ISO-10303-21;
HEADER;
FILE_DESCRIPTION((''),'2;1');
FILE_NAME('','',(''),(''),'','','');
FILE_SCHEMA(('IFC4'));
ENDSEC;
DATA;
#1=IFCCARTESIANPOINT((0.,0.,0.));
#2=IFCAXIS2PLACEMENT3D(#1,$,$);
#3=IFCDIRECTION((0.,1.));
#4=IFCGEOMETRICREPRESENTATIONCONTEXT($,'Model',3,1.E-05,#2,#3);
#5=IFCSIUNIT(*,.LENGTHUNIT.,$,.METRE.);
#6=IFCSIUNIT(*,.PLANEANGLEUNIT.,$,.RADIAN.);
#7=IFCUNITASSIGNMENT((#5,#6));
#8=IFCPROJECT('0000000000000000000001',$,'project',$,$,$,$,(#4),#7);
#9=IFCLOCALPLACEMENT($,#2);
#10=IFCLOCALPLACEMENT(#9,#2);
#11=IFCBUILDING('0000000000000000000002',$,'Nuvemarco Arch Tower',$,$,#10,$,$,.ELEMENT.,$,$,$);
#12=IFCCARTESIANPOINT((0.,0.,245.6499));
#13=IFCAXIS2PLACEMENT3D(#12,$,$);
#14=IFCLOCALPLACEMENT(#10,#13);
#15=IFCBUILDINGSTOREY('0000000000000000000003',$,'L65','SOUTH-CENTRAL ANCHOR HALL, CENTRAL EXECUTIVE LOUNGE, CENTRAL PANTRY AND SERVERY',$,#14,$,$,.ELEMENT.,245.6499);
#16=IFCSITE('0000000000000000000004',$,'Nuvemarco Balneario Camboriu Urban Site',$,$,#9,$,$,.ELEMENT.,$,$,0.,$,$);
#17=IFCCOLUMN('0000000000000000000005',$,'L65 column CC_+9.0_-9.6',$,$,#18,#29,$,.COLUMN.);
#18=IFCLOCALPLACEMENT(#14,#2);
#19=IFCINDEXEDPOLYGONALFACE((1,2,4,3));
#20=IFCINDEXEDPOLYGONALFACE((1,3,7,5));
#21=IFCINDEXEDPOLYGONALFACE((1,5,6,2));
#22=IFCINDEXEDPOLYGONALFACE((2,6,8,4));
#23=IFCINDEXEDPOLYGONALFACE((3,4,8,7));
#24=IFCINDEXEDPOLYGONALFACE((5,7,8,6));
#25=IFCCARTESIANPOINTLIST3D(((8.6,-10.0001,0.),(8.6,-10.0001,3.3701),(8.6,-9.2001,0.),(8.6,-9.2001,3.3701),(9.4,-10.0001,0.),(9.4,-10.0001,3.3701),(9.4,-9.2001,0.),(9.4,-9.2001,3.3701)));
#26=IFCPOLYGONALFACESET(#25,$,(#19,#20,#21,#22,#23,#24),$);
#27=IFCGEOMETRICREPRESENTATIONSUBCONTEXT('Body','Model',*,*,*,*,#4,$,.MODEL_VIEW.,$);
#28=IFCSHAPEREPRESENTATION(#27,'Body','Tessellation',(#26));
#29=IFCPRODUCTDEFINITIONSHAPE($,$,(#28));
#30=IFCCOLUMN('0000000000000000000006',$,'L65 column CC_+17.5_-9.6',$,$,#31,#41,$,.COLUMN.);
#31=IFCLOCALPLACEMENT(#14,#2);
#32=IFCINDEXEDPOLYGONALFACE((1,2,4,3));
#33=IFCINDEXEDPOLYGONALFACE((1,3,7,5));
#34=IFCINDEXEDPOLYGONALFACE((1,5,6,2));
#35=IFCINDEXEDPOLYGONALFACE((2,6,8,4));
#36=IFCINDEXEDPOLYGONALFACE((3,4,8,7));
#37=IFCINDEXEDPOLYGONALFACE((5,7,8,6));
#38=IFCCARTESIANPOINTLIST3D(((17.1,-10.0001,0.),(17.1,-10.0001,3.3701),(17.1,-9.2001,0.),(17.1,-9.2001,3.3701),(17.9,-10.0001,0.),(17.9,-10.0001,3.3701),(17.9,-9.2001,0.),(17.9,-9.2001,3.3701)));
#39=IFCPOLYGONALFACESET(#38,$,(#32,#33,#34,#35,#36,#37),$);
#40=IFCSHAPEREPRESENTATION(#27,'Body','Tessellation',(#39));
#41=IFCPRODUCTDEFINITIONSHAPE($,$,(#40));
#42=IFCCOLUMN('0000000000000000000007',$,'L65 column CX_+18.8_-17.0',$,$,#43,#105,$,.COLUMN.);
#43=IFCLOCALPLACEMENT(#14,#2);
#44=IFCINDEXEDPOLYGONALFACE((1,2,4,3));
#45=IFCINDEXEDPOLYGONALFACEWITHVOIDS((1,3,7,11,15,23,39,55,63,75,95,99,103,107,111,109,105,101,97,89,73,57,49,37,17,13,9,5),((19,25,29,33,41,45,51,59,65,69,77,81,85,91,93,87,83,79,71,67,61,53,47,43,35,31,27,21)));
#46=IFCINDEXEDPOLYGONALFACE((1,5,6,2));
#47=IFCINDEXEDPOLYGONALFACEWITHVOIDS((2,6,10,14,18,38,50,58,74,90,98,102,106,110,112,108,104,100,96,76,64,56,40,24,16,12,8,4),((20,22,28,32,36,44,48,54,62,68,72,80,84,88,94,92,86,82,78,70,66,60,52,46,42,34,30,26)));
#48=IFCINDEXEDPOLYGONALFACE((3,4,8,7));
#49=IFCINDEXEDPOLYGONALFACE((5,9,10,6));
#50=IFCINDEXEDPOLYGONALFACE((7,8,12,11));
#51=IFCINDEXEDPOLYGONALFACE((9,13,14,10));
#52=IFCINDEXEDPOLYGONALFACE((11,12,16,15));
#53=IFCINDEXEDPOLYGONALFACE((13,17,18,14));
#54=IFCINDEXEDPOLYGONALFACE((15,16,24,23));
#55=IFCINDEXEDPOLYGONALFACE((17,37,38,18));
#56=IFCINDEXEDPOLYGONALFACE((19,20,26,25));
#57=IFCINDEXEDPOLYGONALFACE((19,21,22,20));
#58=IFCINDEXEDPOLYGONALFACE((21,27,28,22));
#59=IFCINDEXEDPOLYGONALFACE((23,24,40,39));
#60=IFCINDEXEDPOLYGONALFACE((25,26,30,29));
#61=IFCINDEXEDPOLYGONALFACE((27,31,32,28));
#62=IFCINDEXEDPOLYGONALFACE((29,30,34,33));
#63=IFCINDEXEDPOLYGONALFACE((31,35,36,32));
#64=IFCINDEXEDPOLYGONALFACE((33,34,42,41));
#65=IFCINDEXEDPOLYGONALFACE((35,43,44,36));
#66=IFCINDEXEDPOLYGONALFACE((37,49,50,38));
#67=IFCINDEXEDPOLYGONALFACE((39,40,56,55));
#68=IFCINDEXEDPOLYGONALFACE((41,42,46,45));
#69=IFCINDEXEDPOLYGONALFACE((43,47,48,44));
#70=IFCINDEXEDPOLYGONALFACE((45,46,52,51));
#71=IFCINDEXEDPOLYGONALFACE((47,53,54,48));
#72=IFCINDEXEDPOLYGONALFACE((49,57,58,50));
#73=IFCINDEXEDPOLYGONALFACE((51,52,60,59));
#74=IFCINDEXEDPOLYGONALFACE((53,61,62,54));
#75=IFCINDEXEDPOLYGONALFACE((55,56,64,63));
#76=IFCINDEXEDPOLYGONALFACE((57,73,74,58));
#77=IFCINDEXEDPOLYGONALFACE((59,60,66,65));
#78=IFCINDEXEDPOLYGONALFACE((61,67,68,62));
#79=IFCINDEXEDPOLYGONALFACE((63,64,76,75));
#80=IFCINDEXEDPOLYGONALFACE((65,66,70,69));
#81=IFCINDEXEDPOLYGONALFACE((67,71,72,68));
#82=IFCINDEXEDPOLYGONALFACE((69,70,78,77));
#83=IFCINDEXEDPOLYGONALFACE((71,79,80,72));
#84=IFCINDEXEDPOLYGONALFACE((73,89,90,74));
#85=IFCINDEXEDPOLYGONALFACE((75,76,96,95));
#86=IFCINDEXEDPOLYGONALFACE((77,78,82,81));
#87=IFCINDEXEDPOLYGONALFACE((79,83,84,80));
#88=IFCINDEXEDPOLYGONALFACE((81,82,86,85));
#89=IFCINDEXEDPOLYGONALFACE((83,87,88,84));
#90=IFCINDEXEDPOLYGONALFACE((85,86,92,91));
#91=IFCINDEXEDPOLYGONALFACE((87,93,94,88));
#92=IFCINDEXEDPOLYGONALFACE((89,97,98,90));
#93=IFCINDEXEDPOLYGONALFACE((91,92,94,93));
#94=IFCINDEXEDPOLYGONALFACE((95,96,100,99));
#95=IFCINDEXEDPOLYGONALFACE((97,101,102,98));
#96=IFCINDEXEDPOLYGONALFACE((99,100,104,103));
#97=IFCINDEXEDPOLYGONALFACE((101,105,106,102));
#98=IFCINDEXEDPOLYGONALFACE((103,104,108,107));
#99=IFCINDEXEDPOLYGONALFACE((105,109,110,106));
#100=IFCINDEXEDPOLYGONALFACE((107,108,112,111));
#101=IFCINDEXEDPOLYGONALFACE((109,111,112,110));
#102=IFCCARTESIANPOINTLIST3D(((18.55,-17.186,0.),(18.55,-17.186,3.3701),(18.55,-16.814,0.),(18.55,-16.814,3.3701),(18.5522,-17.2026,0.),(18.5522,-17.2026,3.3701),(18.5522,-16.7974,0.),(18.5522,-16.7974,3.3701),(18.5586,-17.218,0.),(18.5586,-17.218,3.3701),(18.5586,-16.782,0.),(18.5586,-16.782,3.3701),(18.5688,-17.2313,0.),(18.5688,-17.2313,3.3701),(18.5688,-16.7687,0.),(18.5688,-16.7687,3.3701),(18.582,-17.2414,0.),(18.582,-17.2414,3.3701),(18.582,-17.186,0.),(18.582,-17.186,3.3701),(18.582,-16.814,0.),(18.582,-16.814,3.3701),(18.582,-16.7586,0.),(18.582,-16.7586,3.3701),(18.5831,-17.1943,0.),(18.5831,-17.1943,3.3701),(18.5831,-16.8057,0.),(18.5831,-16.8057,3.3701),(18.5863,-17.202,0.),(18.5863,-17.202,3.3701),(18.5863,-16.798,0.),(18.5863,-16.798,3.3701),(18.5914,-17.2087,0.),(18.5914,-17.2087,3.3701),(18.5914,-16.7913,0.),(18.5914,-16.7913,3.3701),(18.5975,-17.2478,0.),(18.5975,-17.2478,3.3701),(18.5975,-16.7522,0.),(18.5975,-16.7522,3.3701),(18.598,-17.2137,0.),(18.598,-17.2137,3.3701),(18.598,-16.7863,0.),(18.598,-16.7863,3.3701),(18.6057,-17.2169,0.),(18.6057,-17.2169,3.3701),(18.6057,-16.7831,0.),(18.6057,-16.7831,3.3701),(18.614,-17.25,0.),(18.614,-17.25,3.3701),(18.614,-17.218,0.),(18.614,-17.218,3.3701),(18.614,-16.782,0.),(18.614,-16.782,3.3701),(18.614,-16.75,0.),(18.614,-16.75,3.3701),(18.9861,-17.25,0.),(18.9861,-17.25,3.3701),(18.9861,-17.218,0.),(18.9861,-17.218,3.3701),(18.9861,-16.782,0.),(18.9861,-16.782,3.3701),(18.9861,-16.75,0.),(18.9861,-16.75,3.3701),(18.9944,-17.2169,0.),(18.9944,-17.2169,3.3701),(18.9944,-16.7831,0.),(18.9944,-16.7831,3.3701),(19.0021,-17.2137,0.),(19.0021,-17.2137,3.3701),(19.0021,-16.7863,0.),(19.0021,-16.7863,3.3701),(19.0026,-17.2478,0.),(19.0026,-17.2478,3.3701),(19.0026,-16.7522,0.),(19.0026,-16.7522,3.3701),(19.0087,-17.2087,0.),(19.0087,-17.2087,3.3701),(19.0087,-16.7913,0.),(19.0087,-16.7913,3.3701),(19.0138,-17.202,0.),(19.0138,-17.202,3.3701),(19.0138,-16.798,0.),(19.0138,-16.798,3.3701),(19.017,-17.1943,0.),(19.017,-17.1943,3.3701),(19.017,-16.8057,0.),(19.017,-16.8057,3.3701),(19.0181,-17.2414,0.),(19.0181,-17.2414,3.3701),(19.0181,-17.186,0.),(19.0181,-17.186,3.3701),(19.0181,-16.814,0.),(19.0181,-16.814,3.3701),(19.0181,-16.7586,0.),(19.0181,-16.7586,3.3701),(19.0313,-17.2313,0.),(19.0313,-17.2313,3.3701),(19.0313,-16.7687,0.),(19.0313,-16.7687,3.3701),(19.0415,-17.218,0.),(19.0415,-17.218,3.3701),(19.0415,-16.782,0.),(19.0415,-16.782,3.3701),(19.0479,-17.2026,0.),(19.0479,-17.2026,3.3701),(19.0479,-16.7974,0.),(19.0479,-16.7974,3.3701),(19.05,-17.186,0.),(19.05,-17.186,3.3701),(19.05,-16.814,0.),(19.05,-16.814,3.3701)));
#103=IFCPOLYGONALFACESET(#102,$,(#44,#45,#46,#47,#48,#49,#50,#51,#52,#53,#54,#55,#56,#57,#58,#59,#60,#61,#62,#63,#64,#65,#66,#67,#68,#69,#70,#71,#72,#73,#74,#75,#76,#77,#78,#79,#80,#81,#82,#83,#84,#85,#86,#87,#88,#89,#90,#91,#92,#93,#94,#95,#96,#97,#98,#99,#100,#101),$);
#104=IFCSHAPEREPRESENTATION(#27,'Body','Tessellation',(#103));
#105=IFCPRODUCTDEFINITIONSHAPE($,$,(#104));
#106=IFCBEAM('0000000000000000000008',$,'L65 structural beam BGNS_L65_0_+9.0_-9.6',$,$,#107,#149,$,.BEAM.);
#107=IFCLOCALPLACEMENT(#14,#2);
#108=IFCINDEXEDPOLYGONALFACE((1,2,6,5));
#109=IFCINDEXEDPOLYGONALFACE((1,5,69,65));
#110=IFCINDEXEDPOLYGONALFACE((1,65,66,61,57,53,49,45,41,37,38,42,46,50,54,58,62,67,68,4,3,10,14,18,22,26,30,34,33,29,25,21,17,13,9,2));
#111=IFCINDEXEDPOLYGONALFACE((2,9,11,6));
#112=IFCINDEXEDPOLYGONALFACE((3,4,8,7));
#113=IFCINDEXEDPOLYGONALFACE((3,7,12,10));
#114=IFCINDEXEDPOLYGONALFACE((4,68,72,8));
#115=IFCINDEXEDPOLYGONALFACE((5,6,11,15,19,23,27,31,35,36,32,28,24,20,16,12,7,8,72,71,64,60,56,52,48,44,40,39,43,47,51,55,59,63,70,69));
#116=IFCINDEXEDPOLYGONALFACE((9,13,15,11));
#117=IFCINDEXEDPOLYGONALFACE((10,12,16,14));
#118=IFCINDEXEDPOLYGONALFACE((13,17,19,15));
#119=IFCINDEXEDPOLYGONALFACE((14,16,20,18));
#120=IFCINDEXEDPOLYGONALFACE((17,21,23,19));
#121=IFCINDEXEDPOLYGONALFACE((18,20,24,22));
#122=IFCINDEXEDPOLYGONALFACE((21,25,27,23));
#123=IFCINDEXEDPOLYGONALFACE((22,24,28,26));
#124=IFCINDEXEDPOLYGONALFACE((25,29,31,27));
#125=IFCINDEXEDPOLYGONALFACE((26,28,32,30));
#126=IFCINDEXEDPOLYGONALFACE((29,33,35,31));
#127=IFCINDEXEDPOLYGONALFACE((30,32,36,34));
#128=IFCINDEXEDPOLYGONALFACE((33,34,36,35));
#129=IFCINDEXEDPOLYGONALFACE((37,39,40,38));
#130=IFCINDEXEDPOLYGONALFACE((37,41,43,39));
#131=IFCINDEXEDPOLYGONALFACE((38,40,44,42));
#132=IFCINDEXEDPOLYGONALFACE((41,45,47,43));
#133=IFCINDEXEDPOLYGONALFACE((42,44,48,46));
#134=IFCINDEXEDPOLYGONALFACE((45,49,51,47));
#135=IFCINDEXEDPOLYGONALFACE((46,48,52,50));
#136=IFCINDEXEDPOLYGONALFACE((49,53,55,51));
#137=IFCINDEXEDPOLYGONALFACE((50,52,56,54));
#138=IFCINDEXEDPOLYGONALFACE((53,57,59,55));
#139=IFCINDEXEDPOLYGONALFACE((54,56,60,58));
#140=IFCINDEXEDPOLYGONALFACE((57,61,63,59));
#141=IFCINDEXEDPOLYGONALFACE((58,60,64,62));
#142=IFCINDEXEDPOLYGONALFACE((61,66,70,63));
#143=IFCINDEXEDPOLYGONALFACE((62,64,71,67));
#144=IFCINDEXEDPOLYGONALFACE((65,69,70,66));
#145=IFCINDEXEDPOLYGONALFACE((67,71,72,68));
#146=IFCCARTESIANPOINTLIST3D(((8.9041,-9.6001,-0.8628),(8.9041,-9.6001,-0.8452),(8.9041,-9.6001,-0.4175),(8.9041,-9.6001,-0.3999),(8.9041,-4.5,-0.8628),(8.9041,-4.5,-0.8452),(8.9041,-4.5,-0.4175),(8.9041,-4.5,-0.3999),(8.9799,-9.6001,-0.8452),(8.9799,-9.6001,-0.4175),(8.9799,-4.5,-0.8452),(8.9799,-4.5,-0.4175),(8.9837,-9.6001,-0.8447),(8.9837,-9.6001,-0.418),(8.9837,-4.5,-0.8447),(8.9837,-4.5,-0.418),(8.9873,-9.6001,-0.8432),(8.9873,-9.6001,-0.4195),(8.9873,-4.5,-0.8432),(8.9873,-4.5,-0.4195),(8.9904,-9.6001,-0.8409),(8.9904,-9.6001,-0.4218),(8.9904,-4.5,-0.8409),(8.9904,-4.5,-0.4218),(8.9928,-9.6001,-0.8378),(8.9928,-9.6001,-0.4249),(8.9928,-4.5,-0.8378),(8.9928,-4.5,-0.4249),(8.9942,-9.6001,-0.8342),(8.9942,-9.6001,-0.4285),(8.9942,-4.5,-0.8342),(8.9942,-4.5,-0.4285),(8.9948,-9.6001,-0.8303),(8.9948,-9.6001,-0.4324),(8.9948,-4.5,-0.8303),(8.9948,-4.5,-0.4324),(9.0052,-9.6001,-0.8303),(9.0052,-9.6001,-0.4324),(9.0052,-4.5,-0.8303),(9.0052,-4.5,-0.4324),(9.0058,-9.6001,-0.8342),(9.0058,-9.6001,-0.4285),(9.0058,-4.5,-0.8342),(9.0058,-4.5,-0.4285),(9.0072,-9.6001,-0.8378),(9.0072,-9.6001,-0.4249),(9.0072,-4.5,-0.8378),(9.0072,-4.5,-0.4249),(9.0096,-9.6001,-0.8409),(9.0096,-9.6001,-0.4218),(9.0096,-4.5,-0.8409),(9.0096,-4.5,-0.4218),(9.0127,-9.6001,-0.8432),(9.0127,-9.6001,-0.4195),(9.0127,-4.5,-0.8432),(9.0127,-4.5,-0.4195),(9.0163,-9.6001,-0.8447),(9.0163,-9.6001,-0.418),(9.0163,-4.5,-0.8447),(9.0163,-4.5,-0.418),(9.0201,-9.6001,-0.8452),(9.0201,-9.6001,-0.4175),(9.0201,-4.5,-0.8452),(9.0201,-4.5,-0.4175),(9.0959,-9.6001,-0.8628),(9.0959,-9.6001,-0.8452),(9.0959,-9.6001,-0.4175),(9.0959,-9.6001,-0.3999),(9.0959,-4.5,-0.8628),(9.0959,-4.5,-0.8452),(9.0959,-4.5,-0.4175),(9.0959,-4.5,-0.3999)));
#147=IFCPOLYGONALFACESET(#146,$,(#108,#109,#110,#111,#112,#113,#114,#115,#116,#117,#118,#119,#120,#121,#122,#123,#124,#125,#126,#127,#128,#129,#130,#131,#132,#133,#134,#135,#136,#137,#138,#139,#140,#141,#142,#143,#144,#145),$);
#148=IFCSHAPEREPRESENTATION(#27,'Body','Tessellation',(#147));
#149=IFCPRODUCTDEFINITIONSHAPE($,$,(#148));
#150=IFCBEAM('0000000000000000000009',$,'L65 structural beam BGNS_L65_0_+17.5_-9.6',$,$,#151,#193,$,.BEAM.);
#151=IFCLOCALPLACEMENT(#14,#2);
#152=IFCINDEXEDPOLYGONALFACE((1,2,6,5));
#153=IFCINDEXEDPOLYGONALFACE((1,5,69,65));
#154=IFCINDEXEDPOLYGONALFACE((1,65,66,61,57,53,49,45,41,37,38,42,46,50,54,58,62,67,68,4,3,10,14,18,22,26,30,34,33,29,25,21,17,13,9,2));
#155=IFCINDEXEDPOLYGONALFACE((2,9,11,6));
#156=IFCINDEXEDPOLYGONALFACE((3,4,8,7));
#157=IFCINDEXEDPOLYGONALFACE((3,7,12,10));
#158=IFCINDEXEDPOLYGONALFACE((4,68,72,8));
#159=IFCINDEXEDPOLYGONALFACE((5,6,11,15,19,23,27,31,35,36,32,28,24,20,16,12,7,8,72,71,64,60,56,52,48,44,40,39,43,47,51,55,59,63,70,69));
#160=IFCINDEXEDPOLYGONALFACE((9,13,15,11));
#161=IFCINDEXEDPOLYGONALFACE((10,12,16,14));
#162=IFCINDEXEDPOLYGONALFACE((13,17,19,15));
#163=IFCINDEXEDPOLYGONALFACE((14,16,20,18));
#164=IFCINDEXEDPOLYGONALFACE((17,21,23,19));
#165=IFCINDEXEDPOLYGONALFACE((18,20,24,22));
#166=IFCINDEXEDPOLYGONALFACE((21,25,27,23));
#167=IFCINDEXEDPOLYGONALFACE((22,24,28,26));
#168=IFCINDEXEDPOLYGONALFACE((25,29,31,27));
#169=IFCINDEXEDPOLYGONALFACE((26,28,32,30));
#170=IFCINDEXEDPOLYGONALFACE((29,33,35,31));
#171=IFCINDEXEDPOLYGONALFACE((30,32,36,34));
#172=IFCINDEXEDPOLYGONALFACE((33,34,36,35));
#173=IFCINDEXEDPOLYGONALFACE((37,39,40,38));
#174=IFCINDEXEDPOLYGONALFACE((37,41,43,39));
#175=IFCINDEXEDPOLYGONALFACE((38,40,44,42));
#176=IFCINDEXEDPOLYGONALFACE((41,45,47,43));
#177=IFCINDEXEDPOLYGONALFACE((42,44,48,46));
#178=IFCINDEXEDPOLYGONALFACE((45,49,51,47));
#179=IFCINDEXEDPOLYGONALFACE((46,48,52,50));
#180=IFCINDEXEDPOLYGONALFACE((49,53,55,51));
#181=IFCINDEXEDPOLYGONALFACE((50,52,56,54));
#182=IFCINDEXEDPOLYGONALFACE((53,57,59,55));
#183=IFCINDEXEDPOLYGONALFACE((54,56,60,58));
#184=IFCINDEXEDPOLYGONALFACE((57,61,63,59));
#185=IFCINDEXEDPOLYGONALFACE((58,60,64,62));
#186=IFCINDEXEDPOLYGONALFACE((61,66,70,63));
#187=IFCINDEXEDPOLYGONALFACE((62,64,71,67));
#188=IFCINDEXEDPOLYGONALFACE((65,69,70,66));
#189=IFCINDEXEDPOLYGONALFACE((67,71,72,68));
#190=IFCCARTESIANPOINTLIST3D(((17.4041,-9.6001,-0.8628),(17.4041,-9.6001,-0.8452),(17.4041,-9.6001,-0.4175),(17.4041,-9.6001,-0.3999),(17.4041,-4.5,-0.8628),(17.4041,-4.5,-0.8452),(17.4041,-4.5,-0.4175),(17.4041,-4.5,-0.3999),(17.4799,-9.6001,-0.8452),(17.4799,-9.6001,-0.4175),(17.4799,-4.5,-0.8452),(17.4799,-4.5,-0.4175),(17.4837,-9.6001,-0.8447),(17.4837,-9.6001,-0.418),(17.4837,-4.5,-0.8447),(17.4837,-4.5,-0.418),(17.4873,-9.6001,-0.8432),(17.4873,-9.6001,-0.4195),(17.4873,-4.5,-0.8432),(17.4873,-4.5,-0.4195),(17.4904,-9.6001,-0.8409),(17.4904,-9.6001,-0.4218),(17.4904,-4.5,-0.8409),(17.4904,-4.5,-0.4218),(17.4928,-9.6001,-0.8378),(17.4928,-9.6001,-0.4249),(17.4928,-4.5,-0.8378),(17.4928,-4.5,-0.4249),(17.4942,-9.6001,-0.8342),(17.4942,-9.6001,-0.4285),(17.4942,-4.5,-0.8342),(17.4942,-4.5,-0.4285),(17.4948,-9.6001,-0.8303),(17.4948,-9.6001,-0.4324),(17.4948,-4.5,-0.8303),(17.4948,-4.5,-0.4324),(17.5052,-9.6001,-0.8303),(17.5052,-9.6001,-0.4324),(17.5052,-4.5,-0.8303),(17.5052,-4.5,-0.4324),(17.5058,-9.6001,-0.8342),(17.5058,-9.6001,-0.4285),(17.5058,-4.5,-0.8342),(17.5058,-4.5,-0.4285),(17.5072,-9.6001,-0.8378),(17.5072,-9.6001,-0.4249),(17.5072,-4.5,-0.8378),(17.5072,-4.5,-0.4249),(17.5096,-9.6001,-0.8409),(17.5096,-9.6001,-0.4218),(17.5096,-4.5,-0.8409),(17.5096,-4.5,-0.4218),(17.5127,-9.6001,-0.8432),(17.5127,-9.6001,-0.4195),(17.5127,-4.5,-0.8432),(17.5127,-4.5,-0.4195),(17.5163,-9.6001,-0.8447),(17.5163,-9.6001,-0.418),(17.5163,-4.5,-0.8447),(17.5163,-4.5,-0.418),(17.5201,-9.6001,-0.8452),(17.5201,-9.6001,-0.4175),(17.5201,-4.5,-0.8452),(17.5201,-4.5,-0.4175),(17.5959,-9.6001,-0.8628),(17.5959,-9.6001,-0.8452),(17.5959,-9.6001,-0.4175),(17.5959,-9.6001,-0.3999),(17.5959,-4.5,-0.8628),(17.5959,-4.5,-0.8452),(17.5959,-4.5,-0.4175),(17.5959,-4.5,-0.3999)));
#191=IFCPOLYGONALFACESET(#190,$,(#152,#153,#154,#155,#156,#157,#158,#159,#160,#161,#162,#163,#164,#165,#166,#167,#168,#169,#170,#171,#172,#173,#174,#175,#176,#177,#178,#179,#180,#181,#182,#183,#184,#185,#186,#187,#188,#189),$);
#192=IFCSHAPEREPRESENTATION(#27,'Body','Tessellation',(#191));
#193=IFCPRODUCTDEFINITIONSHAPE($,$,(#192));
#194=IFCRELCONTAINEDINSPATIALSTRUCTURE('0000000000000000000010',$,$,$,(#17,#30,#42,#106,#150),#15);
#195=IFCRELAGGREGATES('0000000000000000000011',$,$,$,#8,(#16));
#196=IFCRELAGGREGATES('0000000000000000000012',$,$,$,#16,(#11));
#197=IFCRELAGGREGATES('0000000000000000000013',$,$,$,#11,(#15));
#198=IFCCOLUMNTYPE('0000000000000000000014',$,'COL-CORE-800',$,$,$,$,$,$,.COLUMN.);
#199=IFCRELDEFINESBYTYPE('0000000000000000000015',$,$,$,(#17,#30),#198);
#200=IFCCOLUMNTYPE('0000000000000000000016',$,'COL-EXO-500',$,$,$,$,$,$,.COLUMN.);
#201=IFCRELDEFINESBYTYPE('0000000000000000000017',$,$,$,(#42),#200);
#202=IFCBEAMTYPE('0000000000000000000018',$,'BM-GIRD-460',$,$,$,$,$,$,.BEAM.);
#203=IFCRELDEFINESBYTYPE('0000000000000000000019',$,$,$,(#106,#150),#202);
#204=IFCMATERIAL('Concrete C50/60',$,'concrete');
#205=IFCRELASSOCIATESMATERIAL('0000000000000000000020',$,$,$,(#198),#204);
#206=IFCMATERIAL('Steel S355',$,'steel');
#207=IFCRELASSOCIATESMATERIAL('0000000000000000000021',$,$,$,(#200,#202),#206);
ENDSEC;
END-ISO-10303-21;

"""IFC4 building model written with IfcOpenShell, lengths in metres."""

from ifc_helpers import new_model, si_unit, direction, frame, origin, origin_2d, place, context, subcontext, project, spatial, rectangle, hollow_rectangle, i_section, extrude, material, material_profile, profile_set, type_object, element, save


model = new_model("IFC4")

# Units and contexts
model_context = context("Model", 3, precision=1e-05, world=origin(), true_north=direction((0.0, 1.0)))
body_context = subcontext(model_context, "Body", "Model", "MODEL_VIEW")
ifc_project = project(units=[si_unit("LENGTHUNIT", "METRE"), si_unit("PLANEANGLEUNIT", "RADIAN")], contexts=[model_context])

# Site, building, storey
site_placement = place(None, origin())
site = spatial("IfcSite", under=ifc_project, at=site_placement, Name="Nuvemarco Balneario Camboriu Urban Site", CompositionType="ELEMENT", RefElevation=0.0)
building_placement = place(site_placement, origin())
building = spatial("IfcBuilding", under=site, at=building_placement, Name="Nuvemarco Arch Tower", CompositionType="ELEMENT")
storey_placement = place(building_placement, frame((0.0, 0.0, 245.6499)))
storey = spatial("IfcBuildingStorey", under=building, at=storey_placement, Name="L65", Description="SOUTH-CENTRAL ANCHOR HALL, CENTRAL EXECUTIVE LOUNGE, CENTRAL PANTRY AND SERVERY", CompositionType="ELEMENT", Elevation=245.6499)

# Columns
ifc_material_1 = material(Name="Concrete C50/60", Category="concrete")
ifc_material_profile_1 = material_profile(ifc_material_1, rectangle(XDim=0.8, YDim=0.8, at=origin_2d()), Name="RC-COL-800x800")
ifc_profile_set_1 = profile_set([ifc_material_profile_1], Name="Concrete C50/60")
column_type_1 = type_object("IfcColumnType", Name="COL-CORE-800", PredefinedType="COLUMN", material=ifc_profile_set_1)
for number, where, z_axis, x_axis, name in (
    (1, (9.0, -9.6001, 0.0), (0.0, 0.0, 1.0), (1.0, 0.0, 0.0), "L65 column CC_+9.0_-9.6"),
    (2, (17.5, -9.6001, 0.0), (0.0, 0.0, 1.0), (1.0, 0.0, 0.0), "L65 column CC_+17.5_-9.6"),
):
    element("IfcColumn", number, at=place(storey_placement, frame(where, z_axis=z_axis, x_axis=x_axis)), inside=storey, type_object=column_type_1, Name=name, PredefinedType="COLUMN", context=body_context, shape_type="SweptSolid", body=[
        extrude(rectangle(XDim=0.8, YDim=0.8, at=origin_2d()), origin(), (0.0, 0.0, 1.0), 3.3701),
    ])
ifc_material_2 = material(Name="Steel S355", Category="steel")
ifc_material_profile_2 = material_profile(ifc_material_2, hollow_rectangle(XDim=0.5, YDim=0.5, WallThickness=0.032, InnerFilletRadius=0.032, OuterFilletRadius=0.064, at=origin_2d()), Name="SHS500x500x32")
ifc_profile_set_2 = profile_set([ifc_material_profile_2], Name="Steel S355")
column_type_2 = type_object("IfcColumnType", Name="COL-EXO-500", PredefinedType="COLUMN", material=ifc_profile_set_2)
column_placement = place(storey_placement, frame((18.8, -17.0, 0.0), z_axis=(0.0, 0.0, 1.0), x_axis=(1.0, 0.0, 0.0)))
element("IfcColumn", 3, at=column_placement, inside=storey, type_object=column_type_2, Name="L65 column CX_+18.8_-17.0", PredefinedType="COLUMN", context=body_context, shape_type="SweptSolid", body=[
    extrude(hollow_rectangle(XDim=0.5, YDim=0.5, WallThickness=0.032, InnerFilletRadius=0.032, OuterFilletRadius=0.064, at=origin_2d()), origin(), (0.0, 0.0, 1.0), 3.3701),
])

# Beams
ifc_material_profile_3 = material_profile(ifc_material_2, i_section(OverallWidth=0.1919, OverallDepth=0.4629, WebThickness=0.0105, FlangeThickness=0.0176, FilletRadius=0.0149, at=origin_2d()), Name="W460x89")
ifc_profile_set_3 = profile_set([ifc_material_profile_3], Name="Steel S355")
beam_type_1 = type_object("IfcBeamType", Name="BM-GIRD-460", PredefinedType="BEAM", material=ifc_profile_set_3)
for number, where, z_axis, x_axis, name in (
    (4, (9.0, -9.6001, -0.6313), (0.0, 1.0, 0.0), (-1.0, 0.0, 0.0), "L65 structural beam BGNS_L65_0_+9.0_-9.6"),
    (5, (17.5, -9.6001, -0.6313), (0.0, 1.0, 0.0), (-1.0, 0.0, 0.0), "L65 structural beam BGNS_L65_0_+17.5_-9.6"),
):
    element("IfcBeam", number, at=place(storey_placement, frame(where, z_axis=z_axis, x_axis=x_axis)), inside=storey, type_object=beam_type_1, Name=name, PredefinedType="BEAM", context=body_context, shape_type="SweptSolid", body=[
        extrude(i_section(OverallWidth=0.1919, OverallDepth=0.4629, WebThickness=0.0105, FlangeThickness=0.0176, FilletRadius=0.0149, at=origin_2d()), origin(), (0.0, 0.0, 1.0), 5.1001),
    ])

save(model, "model.ifc")
